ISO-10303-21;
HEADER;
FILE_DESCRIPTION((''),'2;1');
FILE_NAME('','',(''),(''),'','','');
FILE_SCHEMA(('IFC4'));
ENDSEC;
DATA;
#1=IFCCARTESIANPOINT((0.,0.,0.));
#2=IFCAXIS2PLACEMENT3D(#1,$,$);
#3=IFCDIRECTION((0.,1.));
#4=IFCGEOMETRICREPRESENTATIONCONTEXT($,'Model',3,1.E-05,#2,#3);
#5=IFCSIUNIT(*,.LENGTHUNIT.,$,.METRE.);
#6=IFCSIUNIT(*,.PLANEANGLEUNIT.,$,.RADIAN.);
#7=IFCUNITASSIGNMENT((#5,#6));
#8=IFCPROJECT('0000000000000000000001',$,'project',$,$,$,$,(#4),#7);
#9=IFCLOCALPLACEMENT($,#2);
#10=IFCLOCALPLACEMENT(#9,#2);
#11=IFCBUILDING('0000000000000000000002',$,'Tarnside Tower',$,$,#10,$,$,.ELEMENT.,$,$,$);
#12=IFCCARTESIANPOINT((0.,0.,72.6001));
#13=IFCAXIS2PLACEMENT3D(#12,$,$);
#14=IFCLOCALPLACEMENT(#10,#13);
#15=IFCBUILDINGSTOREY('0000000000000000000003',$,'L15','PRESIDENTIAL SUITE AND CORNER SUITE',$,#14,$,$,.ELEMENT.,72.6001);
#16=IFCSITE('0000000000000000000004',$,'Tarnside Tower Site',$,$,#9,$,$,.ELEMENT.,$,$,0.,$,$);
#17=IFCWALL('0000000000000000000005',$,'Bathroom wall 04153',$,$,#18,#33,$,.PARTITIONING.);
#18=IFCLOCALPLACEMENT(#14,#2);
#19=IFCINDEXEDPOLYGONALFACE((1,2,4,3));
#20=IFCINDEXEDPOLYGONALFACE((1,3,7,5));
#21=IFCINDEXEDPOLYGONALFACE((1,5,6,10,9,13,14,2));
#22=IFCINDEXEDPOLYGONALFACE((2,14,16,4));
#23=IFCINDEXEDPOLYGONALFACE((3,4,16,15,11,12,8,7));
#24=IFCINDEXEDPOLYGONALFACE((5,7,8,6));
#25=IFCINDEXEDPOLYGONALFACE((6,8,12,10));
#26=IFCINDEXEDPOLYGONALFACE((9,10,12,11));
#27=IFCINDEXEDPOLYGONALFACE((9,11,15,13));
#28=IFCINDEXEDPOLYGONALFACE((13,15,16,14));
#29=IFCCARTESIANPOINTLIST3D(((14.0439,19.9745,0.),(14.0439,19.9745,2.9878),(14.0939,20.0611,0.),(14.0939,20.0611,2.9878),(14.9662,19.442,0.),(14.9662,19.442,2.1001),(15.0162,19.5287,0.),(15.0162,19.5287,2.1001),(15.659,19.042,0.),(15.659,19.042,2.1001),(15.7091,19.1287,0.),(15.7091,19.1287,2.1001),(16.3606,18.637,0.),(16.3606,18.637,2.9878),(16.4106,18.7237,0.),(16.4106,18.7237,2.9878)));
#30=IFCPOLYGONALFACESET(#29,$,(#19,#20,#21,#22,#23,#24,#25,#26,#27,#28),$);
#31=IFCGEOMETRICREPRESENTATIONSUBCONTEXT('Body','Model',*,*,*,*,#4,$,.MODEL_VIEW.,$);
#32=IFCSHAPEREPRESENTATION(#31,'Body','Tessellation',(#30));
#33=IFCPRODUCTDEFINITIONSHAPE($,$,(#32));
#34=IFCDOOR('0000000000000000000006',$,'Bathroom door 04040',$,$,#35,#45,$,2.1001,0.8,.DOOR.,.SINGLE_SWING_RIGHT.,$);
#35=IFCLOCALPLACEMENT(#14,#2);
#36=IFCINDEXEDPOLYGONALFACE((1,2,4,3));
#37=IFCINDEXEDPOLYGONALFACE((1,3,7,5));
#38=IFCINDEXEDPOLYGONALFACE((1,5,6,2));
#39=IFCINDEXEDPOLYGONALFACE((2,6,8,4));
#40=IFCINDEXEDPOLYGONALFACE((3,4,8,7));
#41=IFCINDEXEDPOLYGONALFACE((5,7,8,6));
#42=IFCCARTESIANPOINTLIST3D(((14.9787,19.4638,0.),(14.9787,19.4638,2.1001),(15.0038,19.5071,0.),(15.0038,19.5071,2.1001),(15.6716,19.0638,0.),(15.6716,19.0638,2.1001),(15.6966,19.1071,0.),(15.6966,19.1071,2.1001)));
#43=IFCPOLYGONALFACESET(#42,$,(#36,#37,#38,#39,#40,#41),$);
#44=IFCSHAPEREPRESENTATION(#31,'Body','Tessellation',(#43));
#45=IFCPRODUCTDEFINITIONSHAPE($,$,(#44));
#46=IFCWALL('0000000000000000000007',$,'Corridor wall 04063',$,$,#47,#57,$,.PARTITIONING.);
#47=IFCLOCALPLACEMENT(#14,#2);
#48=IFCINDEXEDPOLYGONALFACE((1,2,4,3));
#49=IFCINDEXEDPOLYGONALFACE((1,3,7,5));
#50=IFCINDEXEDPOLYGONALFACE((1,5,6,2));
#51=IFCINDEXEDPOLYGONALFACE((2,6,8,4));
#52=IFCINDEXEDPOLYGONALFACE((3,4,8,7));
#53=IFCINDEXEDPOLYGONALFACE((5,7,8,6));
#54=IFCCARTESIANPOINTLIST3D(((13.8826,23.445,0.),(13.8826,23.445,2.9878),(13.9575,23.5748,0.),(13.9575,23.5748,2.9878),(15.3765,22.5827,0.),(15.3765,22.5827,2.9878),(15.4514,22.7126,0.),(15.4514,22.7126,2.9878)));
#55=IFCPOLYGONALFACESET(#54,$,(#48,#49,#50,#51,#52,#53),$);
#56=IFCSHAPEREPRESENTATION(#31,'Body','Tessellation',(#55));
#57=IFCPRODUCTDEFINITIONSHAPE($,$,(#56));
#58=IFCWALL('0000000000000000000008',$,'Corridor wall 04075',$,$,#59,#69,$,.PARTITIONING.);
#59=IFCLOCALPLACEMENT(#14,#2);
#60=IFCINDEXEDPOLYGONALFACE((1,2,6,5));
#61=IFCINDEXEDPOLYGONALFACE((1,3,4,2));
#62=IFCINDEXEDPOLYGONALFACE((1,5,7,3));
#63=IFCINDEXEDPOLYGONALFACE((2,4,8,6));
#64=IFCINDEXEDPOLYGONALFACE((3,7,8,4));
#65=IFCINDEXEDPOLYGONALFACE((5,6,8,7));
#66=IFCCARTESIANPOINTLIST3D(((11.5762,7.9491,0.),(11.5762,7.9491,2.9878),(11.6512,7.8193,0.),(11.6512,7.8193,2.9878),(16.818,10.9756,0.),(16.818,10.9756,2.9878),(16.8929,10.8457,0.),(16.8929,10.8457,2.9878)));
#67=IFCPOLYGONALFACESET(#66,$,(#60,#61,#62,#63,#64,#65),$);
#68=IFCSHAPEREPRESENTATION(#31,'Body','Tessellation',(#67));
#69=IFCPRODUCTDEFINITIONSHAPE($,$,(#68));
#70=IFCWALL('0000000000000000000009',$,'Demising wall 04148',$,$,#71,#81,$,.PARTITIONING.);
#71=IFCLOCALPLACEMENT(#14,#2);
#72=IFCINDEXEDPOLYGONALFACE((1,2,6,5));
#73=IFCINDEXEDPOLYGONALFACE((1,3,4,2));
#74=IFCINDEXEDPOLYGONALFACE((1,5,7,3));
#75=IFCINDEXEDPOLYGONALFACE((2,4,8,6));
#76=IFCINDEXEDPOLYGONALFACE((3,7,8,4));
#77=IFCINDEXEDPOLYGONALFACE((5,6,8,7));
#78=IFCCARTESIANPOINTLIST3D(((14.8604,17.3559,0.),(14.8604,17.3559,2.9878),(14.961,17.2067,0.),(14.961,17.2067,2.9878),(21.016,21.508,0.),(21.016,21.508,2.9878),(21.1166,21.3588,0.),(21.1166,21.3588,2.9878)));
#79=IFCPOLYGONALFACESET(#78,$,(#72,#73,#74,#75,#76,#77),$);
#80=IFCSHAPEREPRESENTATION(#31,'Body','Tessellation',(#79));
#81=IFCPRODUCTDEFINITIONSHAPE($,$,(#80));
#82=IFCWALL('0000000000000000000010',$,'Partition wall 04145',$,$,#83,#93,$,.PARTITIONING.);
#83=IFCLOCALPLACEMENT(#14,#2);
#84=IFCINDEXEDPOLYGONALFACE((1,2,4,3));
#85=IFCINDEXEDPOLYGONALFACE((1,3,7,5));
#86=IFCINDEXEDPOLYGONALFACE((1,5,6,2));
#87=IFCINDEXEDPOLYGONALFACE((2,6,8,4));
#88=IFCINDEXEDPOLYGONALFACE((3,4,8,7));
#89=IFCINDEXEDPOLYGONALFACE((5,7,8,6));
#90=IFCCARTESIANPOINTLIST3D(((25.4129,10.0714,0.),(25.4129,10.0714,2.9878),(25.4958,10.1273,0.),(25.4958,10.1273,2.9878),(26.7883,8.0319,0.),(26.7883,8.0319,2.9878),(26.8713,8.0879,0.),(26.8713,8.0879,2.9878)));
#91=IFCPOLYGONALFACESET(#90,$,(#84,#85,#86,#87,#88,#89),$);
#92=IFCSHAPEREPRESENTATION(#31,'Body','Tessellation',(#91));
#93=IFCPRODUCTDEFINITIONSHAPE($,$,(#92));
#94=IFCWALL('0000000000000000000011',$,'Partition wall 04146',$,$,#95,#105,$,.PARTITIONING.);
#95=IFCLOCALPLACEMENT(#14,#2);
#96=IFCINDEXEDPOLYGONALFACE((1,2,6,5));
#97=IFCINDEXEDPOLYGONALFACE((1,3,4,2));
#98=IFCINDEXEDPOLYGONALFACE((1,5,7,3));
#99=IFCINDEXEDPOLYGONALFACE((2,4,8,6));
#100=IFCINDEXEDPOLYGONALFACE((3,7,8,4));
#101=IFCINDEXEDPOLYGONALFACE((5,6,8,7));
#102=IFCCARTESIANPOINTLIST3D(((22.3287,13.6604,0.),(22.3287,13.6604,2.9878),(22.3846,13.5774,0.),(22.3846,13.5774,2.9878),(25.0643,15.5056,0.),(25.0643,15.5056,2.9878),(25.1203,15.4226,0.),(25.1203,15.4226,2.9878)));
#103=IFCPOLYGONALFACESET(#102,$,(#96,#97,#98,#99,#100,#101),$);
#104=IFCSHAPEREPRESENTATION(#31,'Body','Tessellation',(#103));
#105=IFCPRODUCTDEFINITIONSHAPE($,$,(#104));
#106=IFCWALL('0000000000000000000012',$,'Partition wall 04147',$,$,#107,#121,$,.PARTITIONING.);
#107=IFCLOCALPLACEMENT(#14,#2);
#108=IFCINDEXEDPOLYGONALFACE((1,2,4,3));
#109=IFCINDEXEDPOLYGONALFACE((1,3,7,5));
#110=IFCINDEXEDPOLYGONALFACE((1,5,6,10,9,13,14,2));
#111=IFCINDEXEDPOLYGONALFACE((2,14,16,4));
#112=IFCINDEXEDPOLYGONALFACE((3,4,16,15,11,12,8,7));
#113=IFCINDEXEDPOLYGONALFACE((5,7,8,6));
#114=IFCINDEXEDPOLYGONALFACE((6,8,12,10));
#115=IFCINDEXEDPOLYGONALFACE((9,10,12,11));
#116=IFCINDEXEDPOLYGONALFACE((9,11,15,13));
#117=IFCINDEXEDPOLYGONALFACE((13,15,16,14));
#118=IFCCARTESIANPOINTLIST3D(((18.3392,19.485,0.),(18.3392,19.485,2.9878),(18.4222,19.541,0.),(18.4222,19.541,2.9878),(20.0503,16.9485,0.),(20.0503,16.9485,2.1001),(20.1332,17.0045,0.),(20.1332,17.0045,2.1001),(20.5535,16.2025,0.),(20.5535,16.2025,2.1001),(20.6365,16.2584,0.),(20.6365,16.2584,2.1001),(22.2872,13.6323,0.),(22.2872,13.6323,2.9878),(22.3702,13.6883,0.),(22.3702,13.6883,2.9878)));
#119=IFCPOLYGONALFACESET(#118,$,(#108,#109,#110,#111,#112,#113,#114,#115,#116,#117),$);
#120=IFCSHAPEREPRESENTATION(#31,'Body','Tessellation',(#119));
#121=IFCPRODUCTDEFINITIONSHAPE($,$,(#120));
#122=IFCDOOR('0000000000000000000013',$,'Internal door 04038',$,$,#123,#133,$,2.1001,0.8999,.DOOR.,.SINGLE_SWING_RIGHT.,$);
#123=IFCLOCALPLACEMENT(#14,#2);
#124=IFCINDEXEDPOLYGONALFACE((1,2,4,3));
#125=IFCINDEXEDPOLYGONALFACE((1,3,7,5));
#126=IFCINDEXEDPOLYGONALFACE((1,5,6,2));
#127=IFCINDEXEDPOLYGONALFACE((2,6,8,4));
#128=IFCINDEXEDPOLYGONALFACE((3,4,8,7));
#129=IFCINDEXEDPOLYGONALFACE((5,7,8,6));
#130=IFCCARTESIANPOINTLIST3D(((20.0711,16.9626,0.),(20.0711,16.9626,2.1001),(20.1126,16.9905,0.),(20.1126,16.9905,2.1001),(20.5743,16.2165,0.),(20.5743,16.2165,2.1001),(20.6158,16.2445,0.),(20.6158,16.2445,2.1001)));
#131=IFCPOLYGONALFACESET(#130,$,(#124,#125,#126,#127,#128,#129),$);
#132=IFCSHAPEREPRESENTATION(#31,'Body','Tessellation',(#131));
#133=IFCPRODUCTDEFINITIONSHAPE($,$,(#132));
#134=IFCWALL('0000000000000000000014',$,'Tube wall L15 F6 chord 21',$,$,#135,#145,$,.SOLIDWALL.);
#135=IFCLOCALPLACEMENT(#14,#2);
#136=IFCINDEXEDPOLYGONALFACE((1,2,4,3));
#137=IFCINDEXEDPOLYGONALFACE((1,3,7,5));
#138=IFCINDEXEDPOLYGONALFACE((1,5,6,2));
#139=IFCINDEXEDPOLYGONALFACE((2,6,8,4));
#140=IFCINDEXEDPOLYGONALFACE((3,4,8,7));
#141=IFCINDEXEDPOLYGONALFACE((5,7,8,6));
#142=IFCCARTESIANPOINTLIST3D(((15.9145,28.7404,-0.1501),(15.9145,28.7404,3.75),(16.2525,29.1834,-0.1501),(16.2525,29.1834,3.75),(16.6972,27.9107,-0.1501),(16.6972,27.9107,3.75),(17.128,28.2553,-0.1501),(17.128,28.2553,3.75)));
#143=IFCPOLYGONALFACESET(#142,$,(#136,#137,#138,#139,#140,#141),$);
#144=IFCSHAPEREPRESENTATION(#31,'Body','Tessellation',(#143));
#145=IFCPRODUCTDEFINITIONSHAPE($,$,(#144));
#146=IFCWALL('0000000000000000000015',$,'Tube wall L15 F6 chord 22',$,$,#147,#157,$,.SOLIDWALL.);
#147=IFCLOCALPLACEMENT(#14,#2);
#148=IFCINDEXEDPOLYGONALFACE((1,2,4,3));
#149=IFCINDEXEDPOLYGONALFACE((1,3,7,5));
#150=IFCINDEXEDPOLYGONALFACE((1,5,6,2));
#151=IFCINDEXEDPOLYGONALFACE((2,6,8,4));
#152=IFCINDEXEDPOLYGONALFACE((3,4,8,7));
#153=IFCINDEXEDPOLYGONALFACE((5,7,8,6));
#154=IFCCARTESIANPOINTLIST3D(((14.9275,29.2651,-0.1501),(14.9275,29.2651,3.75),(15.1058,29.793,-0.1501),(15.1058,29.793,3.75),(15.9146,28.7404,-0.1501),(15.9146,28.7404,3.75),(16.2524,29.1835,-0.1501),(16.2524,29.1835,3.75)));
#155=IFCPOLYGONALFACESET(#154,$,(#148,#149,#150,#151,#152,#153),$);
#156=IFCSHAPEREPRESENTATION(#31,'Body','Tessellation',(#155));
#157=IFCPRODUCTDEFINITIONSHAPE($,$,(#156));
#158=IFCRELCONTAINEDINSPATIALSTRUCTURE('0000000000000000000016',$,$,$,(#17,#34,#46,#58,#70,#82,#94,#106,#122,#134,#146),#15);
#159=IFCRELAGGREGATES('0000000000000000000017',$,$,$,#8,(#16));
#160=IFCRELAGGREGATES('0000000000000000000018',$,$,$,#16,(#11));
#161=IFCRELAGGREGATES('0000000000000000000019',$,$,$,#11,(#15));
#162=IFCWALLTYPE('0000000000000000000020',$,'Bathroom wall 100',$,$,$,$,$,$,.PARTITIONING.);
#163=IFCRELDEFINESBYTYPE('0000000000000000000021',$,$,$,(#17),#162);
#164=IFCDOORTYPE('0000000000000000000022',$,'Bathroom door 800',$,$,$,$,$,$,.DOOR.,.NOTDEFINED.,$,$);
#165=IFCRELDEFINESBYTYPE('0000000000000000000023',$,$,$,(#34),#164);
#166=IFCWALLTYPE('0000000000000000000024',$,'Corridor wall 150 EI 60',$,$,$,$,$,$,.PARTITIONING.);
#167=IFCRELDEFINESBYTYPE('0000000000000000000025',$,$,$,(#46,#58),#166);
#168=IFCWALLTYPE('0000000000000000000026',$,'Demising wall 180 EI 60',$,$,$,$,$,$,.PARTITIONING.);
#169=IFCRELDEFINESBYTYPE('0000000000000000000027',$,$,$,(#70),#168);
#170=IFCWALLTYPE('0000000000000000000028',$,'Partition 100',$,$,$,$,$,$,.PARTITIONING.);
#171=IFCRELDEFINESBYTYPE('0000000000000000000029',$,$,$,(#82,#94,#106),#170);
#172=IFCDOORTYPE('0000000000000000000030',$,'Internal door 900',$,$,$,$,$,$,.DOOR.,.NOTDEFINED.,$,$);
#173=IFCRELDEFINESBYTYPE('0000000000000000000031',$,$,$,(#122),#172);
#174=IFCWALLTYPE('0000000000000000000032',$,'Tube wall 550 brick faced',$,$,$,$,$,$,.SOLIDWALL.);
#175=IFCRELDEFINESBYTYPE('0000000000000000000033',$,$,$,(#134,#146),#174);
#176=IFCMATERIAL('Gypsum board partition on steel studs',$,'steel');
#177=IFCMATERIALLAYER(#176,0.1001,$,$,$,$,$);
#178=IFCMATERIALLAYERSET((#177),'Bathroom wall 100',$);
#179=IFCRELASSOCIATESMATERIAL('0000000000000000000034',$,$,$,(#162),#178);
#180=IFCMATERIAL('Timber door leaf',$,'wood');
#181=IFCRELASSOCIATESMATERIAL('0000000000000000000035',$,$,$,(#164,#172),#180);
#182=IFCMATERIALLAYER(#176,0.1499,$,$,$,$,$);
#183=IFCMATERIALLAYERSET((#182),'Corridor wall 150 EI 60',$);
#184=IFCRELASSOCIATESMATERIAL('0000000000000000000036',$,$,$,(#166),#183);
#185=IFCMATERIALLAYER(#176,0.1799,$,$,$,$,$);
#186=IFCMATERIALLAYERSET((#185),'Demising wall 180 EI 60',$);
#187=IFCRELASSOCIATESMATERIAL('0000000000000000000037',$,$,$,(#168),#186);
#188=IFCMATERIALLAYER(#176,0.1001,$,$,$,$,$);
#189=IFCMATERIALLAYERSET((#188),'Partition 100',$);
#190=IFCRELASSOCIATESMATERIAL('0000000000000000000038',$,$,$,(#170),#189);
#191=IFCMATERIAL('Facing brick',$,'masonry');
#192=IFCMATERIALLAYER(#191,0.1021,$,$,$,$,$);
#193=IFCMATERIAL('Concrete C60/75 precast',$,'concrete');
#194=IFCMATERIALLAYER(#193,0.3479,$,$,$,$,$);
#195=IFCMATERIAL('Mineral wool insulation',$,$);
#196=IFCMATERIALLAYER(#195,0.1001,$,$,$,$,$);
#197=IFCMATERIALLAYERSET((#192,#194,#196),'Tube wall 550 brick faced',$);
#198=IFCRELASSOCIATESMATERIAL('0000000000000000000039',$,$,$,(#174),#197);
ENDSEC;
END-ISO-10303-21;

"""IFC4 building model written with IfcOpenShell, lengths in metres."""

from ifc_helpers import new_model, si_unit, direction, frame, frame_2d, origin, place, context, subcontext, project, spatial, polyline, rectangle, outline, extrude, material, layer, layer_set, type_object, element, fill, save


model = new_model("IFC4")

# Units and contexts
model_context = context("Model", 3, precision=1e-05, world=origin(), true_north=direction((0.0, 1.0)))
body_context = subcontext(model_context, "Body", "Model", "MODEL_VIEW")
ifc_project = project(units=[si_unit("LENGTHUNIT", "METRE"), si_unit("PLANEANGLEUNIT", "RADIAN")], contexts=[model_context])

# Site, building, storey
site_placement = place(None, origin())
site = spatial("IfcSite", under=ifc_project, at=site_placement, Name="Tarnside Tower Site", CompositionType="ELEMENT", RefElevation=0.0)
building_placement = place(site_placement, origin())
building = spatial("IfcBuilding", under=site, at=building_placement, Name="Tarnside Tower", CompositionType="ELEMENT")
storey_placement = place(building_placement, frame((0.0, 0.0, 72.6001)))
storey = spatial("IfcBuildingStorey", under=building, at=storey_placement, Name="L15", Description="PRESIDENTIAL SUITE AND CORNER SUITE", CompositionType="ELEMENT", Elevation=72.6001)

# Shared definitions
ifc_material_1 = material(Name="Gypsum board partition on steel studs", Category="steel")
ifc_layer_1 = layer(ifc_material_1, 0.1001)
ifc_layer_set_1 = layer_set([ifc_layer_1], Name="Bathroom wall 100")
wall_type_1 = type_object("IfcWallType", Name="Bathroom wall 100", PredefinedType="PARTITIONING", material=ifc_layer_set_1)

# Wall, opening, door
wall_1_placement = place(storey_placement, frame((16.3855, 18.6804, 0.0), z_axis=(0.0, 0.0, 1.0), x_axis=(-0.866044, 0.499967, 0.0)))
wall_1 = element("IfcWall", 1, at=wall_1_placement, inside=storey, type_object=wall_type_1, Name="Bathroom wall 04153", PredefinedType="PARTITIONING", context=body_context, shape_type="SweptSolid", body=[
    extrude(rectangle(XDim=2.675, YDim=0.1001, at=frame_2d((1.3374, 0.0))), origin(), (0.0, 0.0, 1.0), 2.9878),
])
opening_1_placement = place(wall_1_placement, frame((0.8101, 0.0, 0.0)))
opening_1 = element("IfcOpeningElement", 2, at=opening_1_placement, cuts=wall_1, PredefinedType="OPENING", context=body_context, shape_type="SweptSolid", body=[
    extrude(rectangle(XDim=0.8, YDim=2.1001, at=frame_2d((0.3999, 1.05))), frame((0.0, 0.0601, 0.0), z_axis=(0.0, -1.0, 0.0), x_axis=(1.0, 0.0, 0.0)), (0.0, 0.0, 1.0), 0.1201),
])
ifc_material_2 = material(Name="Timber door leaf", Category="wood")
door_type_1 = type_object("IfcDoorType", Name="Bathroom door 800", OperationType="NOTDEFINED", PredefinedType="DOOR", material=ifc_material_2)
door_1_placement = place(opening_1_placement, origin())
door_1 = element("IfcDoor", 3, at=door_1_placement, inside=storey, type_object=door_type_1, Name="Bathroom door 04040", OperationType="SINGLE_SWING_RIGHT", OverallHeight=2.1001, OverallWidth=0.8, PredefinedType="DOOR", context=body_context, shape_type="SweptSolid", body=[
    extrude(rectangle(XDim=0.8, YDim=2.1001, at=frame_2d((0.3999, 1.05))), frame((0.0, 0.0249, 0.0), z_axis=(0.0, -1.0, 0.0), x_axis=(1.0, 0.0, 0.0)), (0.0, 0.0, 1.0), 0.05),
])
fill(opening_1, door_1)

# Walls
ifc_layer_2 = layer(ifc_material_1, 0.1499)
ifc_layer_set_2 = layer_set([ifc_layer_2], Name="Corridor wall 150 EI 60")
wall_type_2 = type_object("IfcWallType", Name="Corridor wall 150 EI 60", PredefinedType="PARTITIONING", material=ifc_layer_set_2)
wall_2_placement = place(storey_placement, frame((15.4138, 22.6477, 0.0), z_axis=(0.0, 0.0, 1.0), x_axis=(-0.866075, 0.499914, 0.0)))
element("IfcWall", 4, at=wall_2_placement, inside=storey, type_object=wall_type_2, Name="Corridor wall 04063", PredefinedType="PARTITIONING", context=body_context, shape_type="SweptSolid", body=[
    extrude(rectangle(XDim=1.7249, YDim=0.1499, at=frame_2d((0.8623, 0.0))), origin(), (0.0, 0.0, 1.0), 2.9878),
])
wall_3_placement = place(storey_placement, frame((16.8555, 10.9106, 0.0), z_axis=(0.0, 0.0, 1.0), x_axis=(-0.86602, -0.500009, 0.0)))
element("IfcWall", 5, at=wall_3_placement, inside=storey, type_object=wall_type_2, Name="Corridor wall 04075", PredefinedType="PARTITIONING", context=body_context, shape_type="SweptSolid", body=[
    extrude(rectangle(XDim=6.0527, YDim=0.1499, at=frame_2d((3.0264, 0.0))), origin(), (0.0, 0.0, 1.0), 2.9878),
])
ifc_layer_3 = layer(ifc_material_1, 0.1799)
ifc_layer_set_3 = layer_set([ifc_layer_3], Name="Demising wall 180 EI 60")
wall_type_3 = type_object("IfcWallType", Name="Demising wall 180 EI 60", PredefinedType="PARTITIONING", material=ifc_layer_set_3)
wall_4_placement = place(storey_placement, frame((21.0662, 21.4333, 0.0), z_axis=(0.0, 0.0, 1.0), x_axis=(-0.829028, -0.559207, 0.0)))
element("IfcWall", 6, at=wall_4_placement, inside=storey, type_object=wall_type_3, Name="Demising wall 04148", PredefinedType="PARTITIONING", context=body_context, shape_type="SweptSolid", body=[
    extrude(rectangle(XDim=7.425, YDim=0.1799, at=frame_2d((3.7124, 0.0))), origin(), (0.0, 0.0, 1.0), 2.9878),
])
ifc_layer_4 = layer(ifc_material_1, 0.1001)
ifc_layer_set_4 = layer_set([ifc_layer_4], Name="Partition 100")
wall_type_4 = type_object("IfcWallType", Name="Partition 100", PredefinedType="PARTITIONING", material=ifc_layer_set_4)
wall_5_placement = place(storey_placement, frame((25.4543, 10.0994, 0.0), z_axis=(0.0, 0.0, 1.0), x_axis=(0.559135, -0.829076, 0.0)))
element("IfcWall", 7, at=wall_5_placement, inside=storey, type_object=wall_type_4, Name="Partition wall 04145", PredefinedType="PARTITIONING", context=body_context, shape_type="SweptSolid", body=[
    extrude(rectangle(XDim=2.46, YDim=0.1001, at=frame_2d((1.23, 0.0))), origin(), (0.0, 0.0, 1.0), 2.9878),
])
wall_6_placement = place(storey_placement, frame((25.0923, 15.4641, 0.0), z_axis=(0.0, 0.0, 1.0), x_axis=(-0.829033, -0.5592, 0.0)))
element("IfcWall", 8, at=wall_6_placement, inside=storey, type_object=wall_type_4, Name="Partition wall 04146", PredefinedType="PARTITIONING", context=body_context, shape_type="SweptSolid", body=[
    extrude(rectangle(XDim=3.2998, YDim=0.1001, at=frame_2d((1.6499, 0.0))), origin(), (0.0, 0.0, 1.0), 2.9878),
])

# Wall, opening, door
wall_7_placement = place(storey_placement, frame((22.3286, 13.6604, 0.0), z_axis=(0.0, 0.0, 1.0), x_axis=(-0.559217, 0.829021, 0.0)))
wall_7 = element("IfcWall", 9, at=wall_7_placement, inside=storey, type_object=wall_type_4, Name="Partition wall 04147", PredefinedType="PARTITIONING", context=body_context, shape_type="SweptSolid", body=[
    extrude(rectangle(XDim=7.0598, YDim=0.1001, at=frame_2d((3.5298, 0.0))), origin(), (0.0, 0.0, 1.0), 2.9878),
])
opening_2_placement = place(wall_7_placement, frame((3.1001, 0.0, 0.0)))
opening_2 = element("IfcOpeningElement", 10, at=opening_2_placement, cuts=wall_7, PredefinedType="OPENING", context=body_context, shape_type="SweptSolid", body=[
    extrude(rectangle(XDim=0.8999, YDim=2.1001, at=frame_2d((0.45, 1.05))), frame((0.0, 0.0601, 0.0), z_axis=(0.0, -1.0, 0.0), x_axis=(1.0, 0.0, 0.0)), (0.0, 0.0, 1.0), 0.1201),
])
door_type_2 = type_object("IfcDoorType", Name="Internal door 900", OperationType="NOTDEFINED", PredefinedType="DOOR", material=ifc_material_2)
door_2_placement = place(opening_2_placement, origin())
door_2 = element("IfcDoor", 11, at=door_2_placement, inside=storey, type_object=door_type_2, Name="Internal door 04038", OperationType="SINGLE_SWING_RIGHT", OverallHeight=2.1001, OverallWidth=0.8999, PredefinedType="DOOR", context=body_context, shape_type="SweptSolid", body=[
    extrude(rectangle(XDim=0.8999, YDim=2.1001, at=frame_2d((0.45, 1.05))), frame((0.0, 0.0249, 0.0), z_axis=(0.0, -1.0, 0.0), x_axis=(1.0, 0.0, 0.0)), (0.0, 0.0, 1.0), 0.05),
])
fill(opening_2, door_2)

# Walls
ifc_material_3 = material(Name="Facing brick", Category="masonry")
ifc_layer_5 = layer(ifc_material_3, 0.1021)
ifc_material_4 = material(Name="Concrete C60/75 precast", Category="concrete")
ifc_layer_6 = layer(ifc_material_4, 0.3479)
ifc_material_5 = material(Name="Mineral wool insulation")
ifc_layer_7 = layer(ifc_material_5, 0.1001)
ifc_layer_set_5 = layer_set([ifc_layer_5, ifc_layer_6, ifc_layer_7], Name="Tube wall 550 brick faced")
wall_type_5 = type_object("IfcWallType", Name="Tube wall 550 brick faced", PredefinedType="SOLIDWALL", material=ifc_layer_set_5)
wall_8_placement = place(storey_placement, frame((16.9126, 28.083, -0.1501), z_axis=(0.0, 0.0, 1.0), x_axis=(-0.686196, 0.727416, 0.0)))
element("IfcWall", 12, at=wall_8_placement, inside=storey, type_object=wall_type_5, Name="Tube wall L15 F6 chord 21", PredefinedType="SOLIDWALL", context=body_context, shape_type="SweptSolid", body=[
    extrude(outline(polyline([(-0.0225, -0.2749), (1.2534, -0.2749), (1.1631, 0.2749), (0.0225, 0.2749), (-0.0225, -0.2749)])), origin(), (0.0, 0.0, 1.0), 3.9001),
])
wall_9_placement = place(storey_placement, frame((16.0835, 28.9619, -0.1501), z_axis=(0.0, 0.0, 1.0), x_axis=(-0.882995, 0.469382, 0.0)))
element("IfcWall", 13, at=wall_9_placement, inside=storey, type_object=wall_type_5, Name="Tube wall L15 F6 chord 22", PredefinedType="SOLIDWALL", context=body_context, shape_type="SweptSolid", body=[
    extrude(outline(polyline([(-0.0452, -0.2749), (1.2534, -0.2749), (1.1631, 0.2749), (0.0452, 0.2749), (-0.0452, -0.2749)])), origin(), (0.0, 0.0, 1.0), 3.9001),
])

save(model, "model.ifc")
